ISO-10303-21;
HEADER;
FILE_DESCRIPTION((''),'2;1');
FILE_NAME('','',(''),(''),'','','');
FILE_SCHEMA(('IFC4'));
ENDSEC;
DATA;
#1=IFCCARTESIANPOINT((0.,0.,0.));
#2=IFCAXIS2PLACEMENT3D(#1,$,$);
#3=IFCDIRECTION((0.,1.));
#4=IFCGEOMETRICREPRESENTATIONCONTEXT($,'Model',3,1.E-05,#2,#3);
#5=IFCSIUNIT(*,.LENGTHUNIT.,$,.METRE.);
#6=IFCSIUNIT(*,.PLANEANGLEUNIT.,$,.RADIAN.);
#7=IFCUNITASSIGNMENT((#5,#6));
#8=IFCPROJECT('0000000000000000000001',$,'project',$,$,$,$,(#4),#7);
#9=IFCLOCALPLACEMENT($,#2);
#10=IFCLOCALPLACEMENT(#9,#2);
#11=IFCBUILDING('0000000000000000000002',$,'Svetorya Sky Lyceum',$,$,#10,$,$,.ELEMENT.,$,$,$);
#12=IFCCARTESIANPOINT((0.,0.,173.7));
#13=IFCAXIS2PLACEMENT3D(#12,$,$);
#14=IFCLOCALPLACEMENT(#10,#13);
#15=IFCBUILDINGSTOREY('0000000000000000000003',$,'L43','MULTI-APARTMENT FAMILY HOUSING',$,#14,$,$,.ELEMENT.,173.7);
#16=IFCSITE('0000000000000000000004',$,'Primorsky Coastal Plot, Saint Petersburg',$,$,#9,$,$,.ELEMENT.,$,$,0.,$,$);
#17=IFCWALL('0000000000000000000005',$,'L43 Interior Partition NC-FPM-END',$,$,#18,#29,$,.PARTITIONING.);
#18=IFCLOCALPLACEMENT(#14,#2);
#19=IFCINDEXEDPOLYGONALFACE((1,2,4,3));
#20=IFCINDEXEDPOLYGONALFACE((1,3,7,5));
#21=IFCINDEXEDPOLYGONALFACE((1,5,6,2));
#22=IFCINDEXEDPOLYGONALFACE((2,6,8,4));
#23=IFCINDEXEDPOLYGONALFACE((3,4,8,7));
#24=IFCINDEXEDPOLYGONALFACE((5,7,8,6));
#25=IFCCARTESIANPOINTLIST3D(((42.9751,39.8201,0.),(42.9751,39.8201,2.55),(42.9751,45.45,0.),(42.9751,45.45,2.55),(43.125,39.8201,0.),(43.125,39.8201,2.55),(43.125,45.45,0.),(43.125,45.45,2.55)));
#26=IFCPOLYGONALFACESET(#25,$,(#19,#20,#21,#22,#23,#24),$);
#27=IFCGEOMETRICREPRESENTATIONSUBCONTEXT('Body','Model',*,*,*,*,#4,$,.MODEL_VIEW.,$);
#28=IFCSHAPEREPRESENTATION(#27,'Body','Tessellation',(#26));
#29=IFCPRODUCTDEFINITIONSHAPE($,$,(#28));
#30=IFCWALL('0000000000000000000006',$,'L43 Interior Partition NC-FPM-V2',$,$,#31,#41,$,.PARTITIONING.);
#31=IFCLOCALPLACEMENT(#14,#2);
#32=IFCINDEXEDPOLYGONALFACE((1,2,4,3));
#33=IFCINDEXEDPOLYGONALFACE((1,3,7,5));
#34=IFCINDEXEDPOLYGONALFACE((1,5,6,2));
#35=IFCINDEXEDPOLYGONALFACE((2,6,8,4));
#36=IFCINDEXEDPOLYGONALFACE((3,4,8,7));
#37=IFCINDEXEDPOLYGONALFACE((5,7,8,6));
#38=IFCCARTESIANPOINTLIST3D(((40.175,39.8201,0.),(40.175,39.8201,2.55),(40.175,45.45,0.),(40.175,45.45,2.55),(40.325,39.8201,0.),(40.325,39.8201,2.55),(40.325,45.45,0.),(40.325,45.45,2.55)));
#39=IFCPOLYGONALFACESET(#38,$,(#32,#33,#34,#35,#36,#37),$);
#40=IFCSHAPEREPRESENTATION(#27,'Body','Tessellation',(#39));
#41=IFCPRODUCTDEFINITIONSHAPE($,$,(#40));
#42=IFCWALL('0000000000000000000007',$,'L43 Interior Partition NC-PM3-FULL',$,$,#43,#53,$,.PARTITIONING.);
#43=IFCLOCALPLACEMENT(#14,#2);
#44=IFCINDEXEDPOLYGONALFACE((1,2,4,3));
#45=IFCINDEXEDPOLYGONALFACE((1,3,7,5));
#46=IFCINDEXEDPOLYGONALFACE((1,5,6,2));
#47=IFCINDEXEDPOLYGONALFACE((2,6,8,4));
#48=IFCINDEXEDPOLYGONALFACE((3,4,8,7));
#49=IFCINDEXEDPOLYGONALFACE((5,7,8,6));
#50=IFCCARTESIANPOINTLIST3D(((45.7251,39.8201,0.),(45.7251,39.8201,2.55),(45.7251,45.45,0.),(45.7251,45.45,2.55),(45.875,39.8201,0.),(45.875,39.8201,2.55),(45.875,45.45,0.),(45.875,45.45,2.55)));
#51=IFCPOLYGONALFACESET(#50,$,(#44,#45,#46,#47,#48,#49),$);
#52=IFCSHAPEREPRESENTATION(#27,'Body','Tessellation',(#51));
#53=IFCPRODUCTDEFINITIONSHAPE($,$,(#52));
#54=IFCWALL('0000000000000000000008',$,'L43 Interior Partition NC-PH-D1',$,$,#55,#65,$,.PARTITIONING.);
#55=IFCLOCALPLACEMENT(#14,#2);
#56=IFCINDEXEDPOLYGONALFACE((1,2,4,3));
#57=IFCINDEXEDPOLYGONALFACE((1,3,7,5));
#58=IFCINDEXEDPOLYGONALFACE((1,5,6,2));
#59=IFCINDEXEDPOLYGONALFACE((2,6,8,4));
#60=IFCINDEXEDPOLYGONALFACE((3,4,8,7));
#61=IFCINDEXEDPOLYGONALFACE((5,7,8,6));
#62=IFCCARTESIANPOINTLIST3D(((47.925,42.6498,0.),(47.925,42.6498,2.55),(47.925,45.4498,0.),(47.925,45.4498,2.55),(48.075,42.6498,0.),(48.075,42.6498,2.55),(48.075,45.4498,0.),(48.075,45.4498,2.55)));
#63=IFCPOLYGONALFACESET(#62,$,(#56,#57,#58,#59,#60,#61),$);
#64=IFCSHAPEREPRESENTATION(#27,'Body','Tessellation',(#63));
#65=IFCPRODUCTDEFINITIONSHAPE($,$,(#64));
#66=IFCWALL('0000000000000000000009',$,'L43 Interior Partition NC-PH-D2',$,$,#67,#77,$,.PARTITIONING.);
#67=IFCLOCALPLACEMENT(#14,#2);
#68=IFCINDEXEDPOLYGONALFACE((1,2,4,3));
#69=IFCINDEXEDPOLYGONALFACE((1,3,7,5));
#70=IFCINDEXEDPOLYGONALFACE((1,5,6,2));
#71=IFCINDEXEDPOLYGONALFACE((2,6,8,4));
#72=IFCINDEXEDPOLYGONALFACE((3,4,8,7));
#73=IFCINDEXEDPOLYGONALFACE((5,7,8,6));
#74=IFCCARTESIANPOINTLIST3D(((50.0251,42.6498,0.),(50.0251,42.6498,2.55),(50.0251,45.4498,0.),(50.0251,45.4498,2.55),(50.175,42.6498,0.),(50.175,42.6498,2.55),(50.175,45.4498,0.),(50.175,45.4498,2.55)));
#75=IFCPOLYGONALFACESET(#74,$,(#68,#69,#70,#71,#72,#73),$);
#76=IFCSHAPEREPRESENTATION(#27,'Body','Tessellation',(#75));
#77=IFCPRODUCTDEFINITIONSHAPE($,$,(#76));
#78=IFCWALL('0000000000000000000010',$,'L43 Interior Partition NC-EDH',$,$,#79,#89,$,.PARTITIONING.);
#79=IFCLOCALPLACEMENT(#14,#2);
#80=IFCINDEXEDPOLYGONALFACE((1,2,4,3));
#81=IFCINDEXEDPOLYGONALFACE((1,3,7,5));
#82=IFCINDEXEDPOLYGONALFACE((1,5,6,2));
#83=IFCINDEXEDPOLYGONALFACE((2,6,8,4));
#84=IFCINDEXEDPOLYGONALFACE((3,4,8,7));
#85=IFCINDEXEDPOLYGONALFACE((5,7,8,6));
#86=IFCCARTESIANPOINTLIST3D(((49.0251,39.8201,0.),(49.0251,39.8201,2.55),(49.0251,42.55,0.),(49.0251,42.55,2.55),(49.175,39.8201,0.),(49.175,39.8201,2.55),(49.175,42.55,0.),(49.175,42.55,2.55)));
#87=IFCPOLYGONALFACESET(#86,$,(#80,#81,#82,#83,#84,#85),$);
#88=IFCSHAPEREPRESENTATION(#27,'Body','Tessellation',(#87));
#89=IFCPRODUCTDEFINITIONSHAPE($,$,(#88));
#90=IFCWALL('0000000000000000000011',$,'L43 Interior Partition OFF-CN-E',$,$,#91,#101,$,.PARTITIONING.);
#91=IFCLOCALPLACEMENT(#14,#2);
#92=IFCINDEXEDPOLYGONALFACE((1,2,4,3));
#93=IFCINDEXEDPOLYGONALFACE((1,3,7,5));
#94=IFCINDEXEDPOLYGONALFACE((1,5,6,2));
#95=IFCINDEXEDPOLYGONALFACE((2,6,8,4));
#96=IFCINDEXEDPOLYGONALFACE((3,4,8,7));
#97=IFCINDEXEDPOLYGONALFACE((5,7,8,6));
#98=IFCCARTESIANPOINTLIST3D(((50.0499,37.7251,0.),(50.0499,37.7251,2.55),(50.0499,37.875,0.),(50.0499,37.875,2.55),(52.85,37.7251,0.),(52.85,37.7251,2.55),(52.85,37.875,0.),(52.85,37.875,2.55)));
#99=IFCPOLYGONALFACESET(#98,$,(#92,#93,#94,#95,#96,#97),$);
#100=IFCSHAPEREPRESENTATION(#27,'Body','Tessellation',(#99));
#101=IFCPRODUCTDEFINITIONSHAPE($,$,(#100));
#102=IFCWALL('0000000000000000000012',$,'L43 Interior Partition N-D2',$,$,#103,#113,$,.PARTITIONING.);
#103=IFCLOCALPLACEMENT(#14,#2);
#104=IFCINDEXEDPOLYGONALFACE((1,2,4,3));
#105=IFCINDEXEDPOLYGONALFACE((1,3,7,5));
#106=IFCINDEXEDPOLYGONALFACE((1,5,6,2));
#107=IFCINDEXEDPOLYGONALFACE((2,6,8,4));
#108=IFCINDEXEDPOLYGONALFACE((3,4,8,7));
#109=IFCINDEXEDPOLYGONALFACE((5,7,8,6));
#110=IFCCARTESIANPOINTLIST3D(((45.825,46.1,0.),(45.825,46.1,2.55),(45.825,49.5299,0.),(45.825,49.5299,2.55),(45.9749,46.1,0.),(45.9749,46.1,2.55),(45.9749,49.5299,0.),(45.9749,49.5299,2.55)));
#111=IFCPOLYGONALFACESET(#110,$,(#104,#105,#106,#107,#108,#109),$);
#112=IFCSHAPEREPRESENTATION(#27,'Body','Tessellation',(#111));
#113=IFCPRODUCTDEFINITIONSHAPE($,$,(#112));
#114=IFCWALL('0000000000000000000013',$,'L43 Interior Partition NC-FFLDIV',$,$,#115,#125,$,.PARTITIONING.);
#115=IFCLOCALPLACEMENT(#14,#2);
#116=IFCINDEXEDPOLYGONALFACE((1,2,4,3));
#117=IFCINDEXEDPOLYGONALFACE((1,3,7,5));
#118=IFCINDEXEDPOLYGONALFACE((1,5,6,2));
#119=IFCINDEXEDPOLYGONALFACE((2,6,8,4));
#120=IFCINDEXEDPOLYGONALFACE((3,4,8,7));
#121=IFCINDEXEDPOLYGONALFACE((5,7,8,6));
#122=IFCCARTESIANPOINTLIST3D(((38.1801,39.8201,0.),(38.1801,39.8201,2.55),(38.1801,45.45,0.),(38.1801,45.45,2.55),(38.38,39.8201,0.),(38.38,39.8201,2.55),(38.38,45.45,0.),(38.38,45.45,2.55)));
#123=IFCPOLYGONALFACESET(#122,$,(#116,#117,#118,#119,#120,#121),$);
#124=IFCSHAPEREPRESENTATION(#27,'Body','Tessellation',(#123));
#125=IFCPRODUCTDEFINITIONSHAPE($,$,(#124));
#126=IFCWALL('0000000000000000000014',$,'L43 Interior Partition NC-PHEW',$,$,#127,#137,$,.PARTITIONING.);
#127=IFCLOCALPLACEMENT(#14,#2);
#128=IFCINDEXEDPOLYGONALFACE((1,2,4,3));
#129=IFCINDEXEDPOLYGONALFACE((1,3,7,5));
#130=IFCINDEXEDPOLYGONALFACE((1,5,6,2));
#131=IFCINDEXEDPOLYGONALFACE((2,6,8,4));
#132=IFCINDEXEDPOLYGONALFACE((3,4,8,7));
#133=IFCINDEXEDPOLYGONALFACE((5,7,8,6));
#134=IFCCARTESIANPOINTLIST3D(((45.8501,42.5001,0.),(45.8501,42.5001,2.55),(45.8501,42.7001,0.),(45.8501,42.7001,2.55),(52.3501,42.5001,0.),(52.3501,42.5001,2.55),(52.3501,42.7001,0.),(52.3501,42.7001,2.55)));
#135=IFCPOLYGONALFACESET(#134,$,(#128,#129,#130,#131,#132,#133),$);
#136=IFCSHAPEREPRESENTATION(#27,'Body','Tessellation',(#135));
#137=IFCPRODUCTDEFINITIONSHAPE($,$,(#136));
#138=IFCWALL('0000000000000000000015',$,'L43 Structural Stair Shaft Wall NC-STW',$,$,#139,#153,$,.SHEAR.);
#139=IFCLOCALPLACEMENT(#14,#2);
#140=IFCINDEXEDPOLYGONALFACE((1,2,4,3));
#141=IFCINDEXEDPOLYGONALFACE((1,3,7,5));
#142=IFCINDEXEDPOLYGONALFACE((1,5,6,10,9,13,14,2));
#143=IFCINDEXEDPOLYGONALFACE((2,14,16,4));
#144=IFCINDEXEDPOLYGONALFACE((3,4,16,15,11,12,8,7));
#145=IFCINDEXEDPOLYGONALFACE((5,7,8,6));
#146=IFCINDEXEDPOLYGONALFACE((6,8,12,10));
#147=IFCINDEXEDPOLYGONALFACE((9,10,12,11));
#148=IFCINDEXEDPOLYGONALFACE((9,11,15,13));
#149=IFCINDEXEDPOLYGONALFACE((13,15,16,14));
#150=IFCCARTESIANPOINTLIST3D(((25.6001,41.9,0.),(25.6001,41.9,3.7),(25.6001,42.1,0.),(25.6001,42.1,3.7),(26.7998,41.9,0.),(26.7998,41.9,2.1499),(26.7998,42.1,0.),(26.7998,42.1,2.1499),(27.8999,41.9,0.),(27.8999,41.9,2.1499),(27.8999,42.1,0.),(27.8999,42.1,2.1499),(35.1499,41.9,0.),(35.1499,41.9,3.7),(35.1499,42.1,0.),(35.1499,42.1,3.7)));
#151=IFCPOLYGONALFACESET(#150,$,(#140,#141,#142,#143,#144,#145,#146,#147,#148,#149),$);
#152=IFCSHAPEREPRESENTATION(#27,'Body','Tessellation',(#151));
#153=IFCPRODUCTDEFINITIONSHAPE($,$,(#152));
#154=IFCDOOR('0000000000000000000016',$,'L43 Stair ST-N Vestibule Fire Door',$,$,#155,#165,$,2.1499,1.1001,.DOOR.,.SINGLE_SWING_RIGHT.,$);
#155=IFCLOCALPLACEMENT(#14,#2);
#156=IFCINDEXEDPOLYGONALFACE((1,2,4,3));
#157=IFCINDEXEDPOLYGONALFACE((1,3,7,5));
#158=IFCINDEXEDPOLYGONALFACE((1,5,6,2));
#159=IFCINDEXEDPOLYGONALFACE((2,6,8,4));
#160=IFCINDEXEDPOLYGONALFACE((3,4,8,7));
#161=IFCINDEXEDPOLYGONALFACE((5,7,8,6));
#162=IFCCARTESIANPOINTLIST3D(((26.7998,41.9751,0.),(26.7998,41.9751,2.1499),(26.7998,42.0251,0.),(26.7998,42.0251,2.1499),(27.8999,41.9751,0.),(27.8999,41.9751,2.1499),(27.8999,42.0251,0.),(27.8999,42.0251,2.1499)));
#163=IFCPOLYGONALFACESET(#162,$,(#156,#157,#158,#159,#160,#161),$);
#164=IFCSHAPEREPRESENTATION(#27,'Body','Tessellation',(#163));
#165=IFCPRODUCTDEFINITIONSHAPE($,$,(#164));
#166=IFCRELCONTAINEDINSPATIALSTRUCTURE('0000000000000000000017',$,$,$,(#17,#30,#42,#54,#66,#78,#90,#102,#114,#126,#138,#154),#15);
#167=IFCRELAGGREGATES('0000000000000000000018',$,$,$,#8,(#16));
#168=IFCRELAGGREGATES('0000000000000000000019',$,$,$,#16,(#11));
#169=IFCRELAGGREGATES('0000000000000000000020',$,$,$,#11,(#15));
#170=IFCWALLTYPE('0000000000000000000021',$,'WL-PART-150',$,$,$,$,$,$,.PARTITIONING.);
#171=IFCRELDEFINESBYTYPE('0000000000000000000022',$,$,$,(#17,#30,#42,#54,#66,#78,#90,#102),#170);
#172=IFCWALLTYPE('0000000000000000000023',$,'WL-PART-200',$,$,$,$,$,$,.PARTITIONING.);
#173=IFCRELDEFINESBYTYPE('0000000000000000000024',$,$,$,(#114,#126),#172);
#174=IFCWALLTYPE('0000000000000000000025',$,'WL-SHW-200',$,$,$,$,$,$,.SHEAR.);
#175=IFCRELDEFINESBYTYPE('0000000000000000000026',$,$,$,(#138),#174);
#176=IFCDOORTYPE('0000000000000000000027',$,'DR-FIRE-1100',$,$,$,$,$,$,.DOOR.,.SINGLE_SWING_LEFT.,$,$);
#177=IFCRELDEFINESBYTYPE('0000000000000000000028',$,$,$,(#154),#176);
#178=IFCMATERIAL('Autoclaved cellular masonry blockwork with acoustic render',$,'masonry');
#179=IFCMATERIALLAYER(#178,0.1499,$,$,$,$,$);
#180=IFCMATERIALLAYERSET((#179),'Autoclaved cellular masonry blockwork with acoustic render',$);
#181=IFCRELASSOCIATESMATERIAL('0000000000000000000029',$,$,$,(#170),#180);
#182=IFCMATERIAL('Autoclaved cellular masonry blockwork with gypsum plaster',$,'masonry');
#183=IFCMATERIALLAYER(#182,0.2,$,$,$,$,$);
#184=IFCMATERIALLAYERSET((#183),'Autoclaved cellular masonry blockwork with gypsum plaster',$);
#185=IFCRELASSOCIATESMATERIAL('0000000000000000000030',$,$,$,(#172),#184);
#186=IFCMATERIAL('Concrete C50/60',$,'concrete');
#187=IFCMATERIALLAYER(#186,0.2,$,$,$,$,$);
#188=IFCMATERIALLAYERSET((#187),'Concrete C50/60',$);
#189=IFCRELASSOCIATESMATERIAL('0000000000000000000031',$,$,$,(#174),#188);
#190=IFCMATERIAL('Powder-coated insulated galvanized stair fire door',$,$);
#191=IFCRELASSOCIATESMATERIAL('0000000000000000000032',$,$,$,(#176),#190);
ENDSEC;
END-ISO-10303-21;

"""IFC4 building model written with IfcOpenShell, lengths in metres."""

from ifc_helpers import new_model, si_unit, direction, frame, frame_2d, origin, place, context, subcontext, project, spatial, rectangle, extrude, material, layer, layer_set, type_object, element, fill, save


model = new_model("IFC4")

# Units and contexts
model_context = context("Model", 3, precision=1e-05, world=origin(), true_north=direction((0.0, 1.0)))
body_context = subcontext(model_context, "Body", "Model", "MODEL_VIEW")
ifc_project = project(units=[si_unit("LENGTHUNIT", "METRE"), si_unit("PLANEANGLEUNIT", "RADIAN")], contexts=[model_context])

# Site, building, storey
site_placement = place(None, origin())
site = spatial("IfcSite", under=ifc_project, at=site_placement, Name="Primorsky Coastal Plot, Saint Petersburg", CompositionType="ELEMENT", RefElevation=0.0)
building_placement = place(site_placement, origin())
building = spatial("IfcBuilding", under=site, at=building_placement, Name="Svetorya Sky Lyceum", CompositionType="ELEMENT")
storey_placement = place(building_placement, frame((0.0, 0.0, 173.7)))
storey = spatial("IfcBuildingStorey", under=building, at=storey_placement, Name="L43", Description="MULTI-APARTMENT FAMILY HOUSING", CompositionType="ELEMENT", Elevation=173.7)

# Shared definitions
ifc_material_1 = material(Name="Concrete C50/60", Category="concrete")

# Walls
ifc_material_2 = material(Name="Autoclaved cellular masonry blockwork with acoustic render", Category="masonry")
ifc_layer_1 = layer(ifc_material_2, 0.1499)
ifc_layer_set_1 = layer_set([ifc_layer_1], Name="Autoclaved cellular masonry blockwork with acoustic render")
wall_type_1 = type_object("IfcWallType", Name="WL-PART-150", PredefinedType="PARTITIONING", material=ifc_layer_set_1)
for number, where, z_axis, x_axis, name in (
    (1, (43.05, 39.8201, 0.0), (0.0, 0.0, 1.0), (0.0, 1.0, 0.0), "L43 Interior Partition NC-FPM-END"),
    (2, (40.25, 39.8201, 0.0), (0.0, 0.0, 1.0), (0.0, 1.0, 0.0), "L43 Interior Partition NC-FPM-V2"),
    (3, (45.8, 39.8201, 0.0), (0.0, 0.0, 1.0), (0.0, 1.0, 0.0), "L43 Interior Partition NC-PM3-FULL"),
):
    element("IfcWall", number, at=place(storey_placement, frame(where, z_axis=z_axis, x_axis=x_axis)), inside=storey, type_object=wall_type_1, Name=name, PredefinedType="PARTITIONING", context=body_context, shape_type="SweptSolid", body=[
        extrude(rectangle(XDim=5.6299, YDim=0.1499, at=frame_2d((2.8149, 0.0))), origin(), (0.0, 0.0, 1.0), 2.55),
    ])
for number, where, z_axis, x_axis, name in (
    (4, (48.0, 42.6499, 0.0), (0.0, 0.0, 1.0), (0.0, 1.0, 0.0), "L43 Interior Partition NC-PH-D1"),
    (5, (50.1001, 42.6499, 0.0), (0.0, 0.0, 1.0), (0.0, 1.0, 0.0), "L43 Interior Partition NC-PH-D2"),
):
    element("IfcWall", number, at=place(storey_placement, frame(where, z_axis=z_axis, x_axis=x_axis)), inside=storey, type_object=wall_type_1, Name=name, PredefinedType="PARTITIONING", context=body_context, shape_type="SweptSolid", body=[
        extrude(rectangle(XDim=2.8, YDim=0.1499, at=frame_2d((1.3999, 0.0))), origin(), (0.0, 0.0, 1.0), 2.55),
    ])
wall_1_placement = place(storey_placement, frame((49.1001, 39.8201, 0.0), z_axis=(0.0, 0.0, 1.0), x_axis=(0.0, 1.0, 0.0)))
element("IfcWall", 6, at=wall_1_placement, inside=storey, type_object=wall_type_1, Name="L43 Interior Partition NC-EDH", PredefinedType="PARTITIONING", context=body_context, shape_type="SweptSolid", body=[
    extrude(rectangle(XDim=2.73, YDim=0.1499, at=frame_2d((1.365, 0.0))), origin(), (0.0, 0.0, 1.0), 2.55),
])
wall_2_placement = place(storey_placement, frame((50.05, 37.8, 0.0), z_axis=(0.0, 0.0, 1.0), x_axis=(1.0, 0.0, 0.0)))
element("IfcWall", 7, at=wall_2_placement, inside=storey, type_object=wall_type_1, Name="L43 Interior Partition OFF-CN-E", PredefinedType="PARTITIONING", context=body_context, shape_type="SweptSolid", body=[
    extrude(rectangle(XDim=2.8, YDim=0.1499, at=frame_2d((1.3999, 0.0))), origin(), (0.0, 0.0, 1.0), 2.55),
])
wall_3_placement = place(storey_placement, frame((45.8999, 46.1001, 0.0), z_axis=(0.0, 0.0, 1.0), x_axis=(0.0, 1.0, 0.0)))
element("IfcWall", 8, at=wall_3_placement, inside=storey, type_object=wall_type_1, Name="L43 Interior Partition N-D2", PredefinedType="PARTITIONING", context=body_context, shape_type="SweptSolid", body=[
    extrude(rectangle(XDim=3.4299, YDim=0.1499, at=frame_2d((1.7148, 0.0))), origin(), (0.0, 0.0, 1.0), 2.55),
])

# Shared definitions
ifc_material_3 = material(Name="Autoclaved cellular masonry blockwork with gypsum plaster", Category="masonry")
ifc_layer_2 = layer(ifc_material_3, 0.2)
ifc_layer_set_2 = layer_set([ifc_layer_2], Name="Autoclaved cellular masonry blockwork with gypsum plaster")
wall_type_2 = type_object("IfcWallType", Name="WL-PART-200", PredefinedType="PARTITIONING", material=ifc_layer_set_2)

# Walls
wall_4_placement = place(storey_placement, frame((38.28, 39.8201, 0.0), z_axis=(0.0, 0.0, 1.0), x_axis=(0.0, 1.0, 0.0)))
element("IfcWall", 9, at=wall_4_placement, inside=storey, type_object=wall_type_2, Name="L43 Interior Partition NC-FFLDIV", PredefinedType="PARTITIONING", context=body_context, shape_type="SweptSolid", body=[
    extrude(rectangle(XDim=5.6299, YDim=0.2, at=frame_2d((2.8149, 0.0))), origin(), (0.0, 0.0, 1.0), 2.55),
])
wall_5_placement = place(storey_placement, frame((52.3501, 42.6001, 0.0), z_axis=(0.0, 0.0, 1.0), x_axis=(-1.0, 0.0, 0.0)))
element("IfcWall", 10, at=wall_5_placement, inside=storey, type_object=wall_type_2, Name="L43 Interior Partition NC-PHEW", PredefinedType="PARTITIONING", context=body_context, shape_type="SweptSolid", body=[
    extrude(rectangle(XDim=6.5, YDim=0.2, at=frame_2d((3.25, 0.0))), origin(), (0.0, 0.0, 1.0), 2.55),
])

# Wall, opening, door
ifc_layer_3 = layer(ifc_material_1, 0.2)
ifc_layer_set_3 = layer_set([ifc_layer_3], Name="Concrete C50/60")
wall_type_3 = type_object("IfcWallType", Name="WL-SHW-200", PredefinedType="SHEAR", material=ifc_layer_set_3)
wall_6_placement = place(storey_placement, frame((35.1499, 42.0, 0.0), z_axis=(0.0, 0.0, 1.0), x_axis=(-1.0, 0.0, 0.0)))
wall_6 = element("IfcWall", 11, at=wall_6_placement, inside=storey, type_object=wall_type_3, Name="L43 Structural Stair Shaft Wall NC-STW", PredefinedType="SHEAR", context=body_context, shape_type="SweptSolid", body=[
    extrude(rectangle(XDim=9.5498, YDim=0.2, at=frame_2d((4.7749, 0.0))), origin(), (0.0, 0.0, 1.0), 3.7),
])
opening_1_placement = place(wall_6_placement, frame((7.25, 0.0, 0.0)))
opening_1 = element("IfcOpeningElement", 12, at=opening_1_placement, cuts=wall_6, PredefinedType="OPENING", context=body_context, shape_type="SweptSolid", body=[
    extrude(rectangle(XDim=1.1001, YDim=2.1499, at=frame_2d((0.55, 1.075))), frame((0.0, 0.1099, 0.0), z_axis=(0.0, -1.0, 0.0), x_axis=(1.0, 0.0, 0.0)), (0.0, 0.0, 1.0), 0.22),
])
ifc_material_4 = material(Name="Powder-coated insulated galvanized stair fire door")
door_type_1 = type_object("IfcDoorType", Name="DR-FIRE-1100", OperationType="SINGLE_SWING_LEFT", PredefinedType="DOOR", material=ifc_material_4)
door_1_placement = place(opening_1_placement, origin())
door_1 = element("IfcDoor", 13, at=door_1_placement, inside=storey, type_object=door_type_1, Name="L43 Stair ST-N Vestibule Fire Door", OperationType="SINGLE_SWING_RIGHT", OverallHeight=2.1499, OverallWidth=1.1001, PredefinedType="DOOR", context=body_context, shape_type="SweptSolid", body=[
    extrude(rectangle(XDim=1.1001, YDim=2.1499, at=frame_2d((0.55, 1.075))), frame((0.0, 0.0249, 0.0), z_axis=(0.0, -1.0, 0.0), x_axis=(1.0, 0.0, 0.0)), (0.0, 0.0, 1.0), 0.05),
])
fill(opening_1, door_1)

save(model, "model.ifc")
